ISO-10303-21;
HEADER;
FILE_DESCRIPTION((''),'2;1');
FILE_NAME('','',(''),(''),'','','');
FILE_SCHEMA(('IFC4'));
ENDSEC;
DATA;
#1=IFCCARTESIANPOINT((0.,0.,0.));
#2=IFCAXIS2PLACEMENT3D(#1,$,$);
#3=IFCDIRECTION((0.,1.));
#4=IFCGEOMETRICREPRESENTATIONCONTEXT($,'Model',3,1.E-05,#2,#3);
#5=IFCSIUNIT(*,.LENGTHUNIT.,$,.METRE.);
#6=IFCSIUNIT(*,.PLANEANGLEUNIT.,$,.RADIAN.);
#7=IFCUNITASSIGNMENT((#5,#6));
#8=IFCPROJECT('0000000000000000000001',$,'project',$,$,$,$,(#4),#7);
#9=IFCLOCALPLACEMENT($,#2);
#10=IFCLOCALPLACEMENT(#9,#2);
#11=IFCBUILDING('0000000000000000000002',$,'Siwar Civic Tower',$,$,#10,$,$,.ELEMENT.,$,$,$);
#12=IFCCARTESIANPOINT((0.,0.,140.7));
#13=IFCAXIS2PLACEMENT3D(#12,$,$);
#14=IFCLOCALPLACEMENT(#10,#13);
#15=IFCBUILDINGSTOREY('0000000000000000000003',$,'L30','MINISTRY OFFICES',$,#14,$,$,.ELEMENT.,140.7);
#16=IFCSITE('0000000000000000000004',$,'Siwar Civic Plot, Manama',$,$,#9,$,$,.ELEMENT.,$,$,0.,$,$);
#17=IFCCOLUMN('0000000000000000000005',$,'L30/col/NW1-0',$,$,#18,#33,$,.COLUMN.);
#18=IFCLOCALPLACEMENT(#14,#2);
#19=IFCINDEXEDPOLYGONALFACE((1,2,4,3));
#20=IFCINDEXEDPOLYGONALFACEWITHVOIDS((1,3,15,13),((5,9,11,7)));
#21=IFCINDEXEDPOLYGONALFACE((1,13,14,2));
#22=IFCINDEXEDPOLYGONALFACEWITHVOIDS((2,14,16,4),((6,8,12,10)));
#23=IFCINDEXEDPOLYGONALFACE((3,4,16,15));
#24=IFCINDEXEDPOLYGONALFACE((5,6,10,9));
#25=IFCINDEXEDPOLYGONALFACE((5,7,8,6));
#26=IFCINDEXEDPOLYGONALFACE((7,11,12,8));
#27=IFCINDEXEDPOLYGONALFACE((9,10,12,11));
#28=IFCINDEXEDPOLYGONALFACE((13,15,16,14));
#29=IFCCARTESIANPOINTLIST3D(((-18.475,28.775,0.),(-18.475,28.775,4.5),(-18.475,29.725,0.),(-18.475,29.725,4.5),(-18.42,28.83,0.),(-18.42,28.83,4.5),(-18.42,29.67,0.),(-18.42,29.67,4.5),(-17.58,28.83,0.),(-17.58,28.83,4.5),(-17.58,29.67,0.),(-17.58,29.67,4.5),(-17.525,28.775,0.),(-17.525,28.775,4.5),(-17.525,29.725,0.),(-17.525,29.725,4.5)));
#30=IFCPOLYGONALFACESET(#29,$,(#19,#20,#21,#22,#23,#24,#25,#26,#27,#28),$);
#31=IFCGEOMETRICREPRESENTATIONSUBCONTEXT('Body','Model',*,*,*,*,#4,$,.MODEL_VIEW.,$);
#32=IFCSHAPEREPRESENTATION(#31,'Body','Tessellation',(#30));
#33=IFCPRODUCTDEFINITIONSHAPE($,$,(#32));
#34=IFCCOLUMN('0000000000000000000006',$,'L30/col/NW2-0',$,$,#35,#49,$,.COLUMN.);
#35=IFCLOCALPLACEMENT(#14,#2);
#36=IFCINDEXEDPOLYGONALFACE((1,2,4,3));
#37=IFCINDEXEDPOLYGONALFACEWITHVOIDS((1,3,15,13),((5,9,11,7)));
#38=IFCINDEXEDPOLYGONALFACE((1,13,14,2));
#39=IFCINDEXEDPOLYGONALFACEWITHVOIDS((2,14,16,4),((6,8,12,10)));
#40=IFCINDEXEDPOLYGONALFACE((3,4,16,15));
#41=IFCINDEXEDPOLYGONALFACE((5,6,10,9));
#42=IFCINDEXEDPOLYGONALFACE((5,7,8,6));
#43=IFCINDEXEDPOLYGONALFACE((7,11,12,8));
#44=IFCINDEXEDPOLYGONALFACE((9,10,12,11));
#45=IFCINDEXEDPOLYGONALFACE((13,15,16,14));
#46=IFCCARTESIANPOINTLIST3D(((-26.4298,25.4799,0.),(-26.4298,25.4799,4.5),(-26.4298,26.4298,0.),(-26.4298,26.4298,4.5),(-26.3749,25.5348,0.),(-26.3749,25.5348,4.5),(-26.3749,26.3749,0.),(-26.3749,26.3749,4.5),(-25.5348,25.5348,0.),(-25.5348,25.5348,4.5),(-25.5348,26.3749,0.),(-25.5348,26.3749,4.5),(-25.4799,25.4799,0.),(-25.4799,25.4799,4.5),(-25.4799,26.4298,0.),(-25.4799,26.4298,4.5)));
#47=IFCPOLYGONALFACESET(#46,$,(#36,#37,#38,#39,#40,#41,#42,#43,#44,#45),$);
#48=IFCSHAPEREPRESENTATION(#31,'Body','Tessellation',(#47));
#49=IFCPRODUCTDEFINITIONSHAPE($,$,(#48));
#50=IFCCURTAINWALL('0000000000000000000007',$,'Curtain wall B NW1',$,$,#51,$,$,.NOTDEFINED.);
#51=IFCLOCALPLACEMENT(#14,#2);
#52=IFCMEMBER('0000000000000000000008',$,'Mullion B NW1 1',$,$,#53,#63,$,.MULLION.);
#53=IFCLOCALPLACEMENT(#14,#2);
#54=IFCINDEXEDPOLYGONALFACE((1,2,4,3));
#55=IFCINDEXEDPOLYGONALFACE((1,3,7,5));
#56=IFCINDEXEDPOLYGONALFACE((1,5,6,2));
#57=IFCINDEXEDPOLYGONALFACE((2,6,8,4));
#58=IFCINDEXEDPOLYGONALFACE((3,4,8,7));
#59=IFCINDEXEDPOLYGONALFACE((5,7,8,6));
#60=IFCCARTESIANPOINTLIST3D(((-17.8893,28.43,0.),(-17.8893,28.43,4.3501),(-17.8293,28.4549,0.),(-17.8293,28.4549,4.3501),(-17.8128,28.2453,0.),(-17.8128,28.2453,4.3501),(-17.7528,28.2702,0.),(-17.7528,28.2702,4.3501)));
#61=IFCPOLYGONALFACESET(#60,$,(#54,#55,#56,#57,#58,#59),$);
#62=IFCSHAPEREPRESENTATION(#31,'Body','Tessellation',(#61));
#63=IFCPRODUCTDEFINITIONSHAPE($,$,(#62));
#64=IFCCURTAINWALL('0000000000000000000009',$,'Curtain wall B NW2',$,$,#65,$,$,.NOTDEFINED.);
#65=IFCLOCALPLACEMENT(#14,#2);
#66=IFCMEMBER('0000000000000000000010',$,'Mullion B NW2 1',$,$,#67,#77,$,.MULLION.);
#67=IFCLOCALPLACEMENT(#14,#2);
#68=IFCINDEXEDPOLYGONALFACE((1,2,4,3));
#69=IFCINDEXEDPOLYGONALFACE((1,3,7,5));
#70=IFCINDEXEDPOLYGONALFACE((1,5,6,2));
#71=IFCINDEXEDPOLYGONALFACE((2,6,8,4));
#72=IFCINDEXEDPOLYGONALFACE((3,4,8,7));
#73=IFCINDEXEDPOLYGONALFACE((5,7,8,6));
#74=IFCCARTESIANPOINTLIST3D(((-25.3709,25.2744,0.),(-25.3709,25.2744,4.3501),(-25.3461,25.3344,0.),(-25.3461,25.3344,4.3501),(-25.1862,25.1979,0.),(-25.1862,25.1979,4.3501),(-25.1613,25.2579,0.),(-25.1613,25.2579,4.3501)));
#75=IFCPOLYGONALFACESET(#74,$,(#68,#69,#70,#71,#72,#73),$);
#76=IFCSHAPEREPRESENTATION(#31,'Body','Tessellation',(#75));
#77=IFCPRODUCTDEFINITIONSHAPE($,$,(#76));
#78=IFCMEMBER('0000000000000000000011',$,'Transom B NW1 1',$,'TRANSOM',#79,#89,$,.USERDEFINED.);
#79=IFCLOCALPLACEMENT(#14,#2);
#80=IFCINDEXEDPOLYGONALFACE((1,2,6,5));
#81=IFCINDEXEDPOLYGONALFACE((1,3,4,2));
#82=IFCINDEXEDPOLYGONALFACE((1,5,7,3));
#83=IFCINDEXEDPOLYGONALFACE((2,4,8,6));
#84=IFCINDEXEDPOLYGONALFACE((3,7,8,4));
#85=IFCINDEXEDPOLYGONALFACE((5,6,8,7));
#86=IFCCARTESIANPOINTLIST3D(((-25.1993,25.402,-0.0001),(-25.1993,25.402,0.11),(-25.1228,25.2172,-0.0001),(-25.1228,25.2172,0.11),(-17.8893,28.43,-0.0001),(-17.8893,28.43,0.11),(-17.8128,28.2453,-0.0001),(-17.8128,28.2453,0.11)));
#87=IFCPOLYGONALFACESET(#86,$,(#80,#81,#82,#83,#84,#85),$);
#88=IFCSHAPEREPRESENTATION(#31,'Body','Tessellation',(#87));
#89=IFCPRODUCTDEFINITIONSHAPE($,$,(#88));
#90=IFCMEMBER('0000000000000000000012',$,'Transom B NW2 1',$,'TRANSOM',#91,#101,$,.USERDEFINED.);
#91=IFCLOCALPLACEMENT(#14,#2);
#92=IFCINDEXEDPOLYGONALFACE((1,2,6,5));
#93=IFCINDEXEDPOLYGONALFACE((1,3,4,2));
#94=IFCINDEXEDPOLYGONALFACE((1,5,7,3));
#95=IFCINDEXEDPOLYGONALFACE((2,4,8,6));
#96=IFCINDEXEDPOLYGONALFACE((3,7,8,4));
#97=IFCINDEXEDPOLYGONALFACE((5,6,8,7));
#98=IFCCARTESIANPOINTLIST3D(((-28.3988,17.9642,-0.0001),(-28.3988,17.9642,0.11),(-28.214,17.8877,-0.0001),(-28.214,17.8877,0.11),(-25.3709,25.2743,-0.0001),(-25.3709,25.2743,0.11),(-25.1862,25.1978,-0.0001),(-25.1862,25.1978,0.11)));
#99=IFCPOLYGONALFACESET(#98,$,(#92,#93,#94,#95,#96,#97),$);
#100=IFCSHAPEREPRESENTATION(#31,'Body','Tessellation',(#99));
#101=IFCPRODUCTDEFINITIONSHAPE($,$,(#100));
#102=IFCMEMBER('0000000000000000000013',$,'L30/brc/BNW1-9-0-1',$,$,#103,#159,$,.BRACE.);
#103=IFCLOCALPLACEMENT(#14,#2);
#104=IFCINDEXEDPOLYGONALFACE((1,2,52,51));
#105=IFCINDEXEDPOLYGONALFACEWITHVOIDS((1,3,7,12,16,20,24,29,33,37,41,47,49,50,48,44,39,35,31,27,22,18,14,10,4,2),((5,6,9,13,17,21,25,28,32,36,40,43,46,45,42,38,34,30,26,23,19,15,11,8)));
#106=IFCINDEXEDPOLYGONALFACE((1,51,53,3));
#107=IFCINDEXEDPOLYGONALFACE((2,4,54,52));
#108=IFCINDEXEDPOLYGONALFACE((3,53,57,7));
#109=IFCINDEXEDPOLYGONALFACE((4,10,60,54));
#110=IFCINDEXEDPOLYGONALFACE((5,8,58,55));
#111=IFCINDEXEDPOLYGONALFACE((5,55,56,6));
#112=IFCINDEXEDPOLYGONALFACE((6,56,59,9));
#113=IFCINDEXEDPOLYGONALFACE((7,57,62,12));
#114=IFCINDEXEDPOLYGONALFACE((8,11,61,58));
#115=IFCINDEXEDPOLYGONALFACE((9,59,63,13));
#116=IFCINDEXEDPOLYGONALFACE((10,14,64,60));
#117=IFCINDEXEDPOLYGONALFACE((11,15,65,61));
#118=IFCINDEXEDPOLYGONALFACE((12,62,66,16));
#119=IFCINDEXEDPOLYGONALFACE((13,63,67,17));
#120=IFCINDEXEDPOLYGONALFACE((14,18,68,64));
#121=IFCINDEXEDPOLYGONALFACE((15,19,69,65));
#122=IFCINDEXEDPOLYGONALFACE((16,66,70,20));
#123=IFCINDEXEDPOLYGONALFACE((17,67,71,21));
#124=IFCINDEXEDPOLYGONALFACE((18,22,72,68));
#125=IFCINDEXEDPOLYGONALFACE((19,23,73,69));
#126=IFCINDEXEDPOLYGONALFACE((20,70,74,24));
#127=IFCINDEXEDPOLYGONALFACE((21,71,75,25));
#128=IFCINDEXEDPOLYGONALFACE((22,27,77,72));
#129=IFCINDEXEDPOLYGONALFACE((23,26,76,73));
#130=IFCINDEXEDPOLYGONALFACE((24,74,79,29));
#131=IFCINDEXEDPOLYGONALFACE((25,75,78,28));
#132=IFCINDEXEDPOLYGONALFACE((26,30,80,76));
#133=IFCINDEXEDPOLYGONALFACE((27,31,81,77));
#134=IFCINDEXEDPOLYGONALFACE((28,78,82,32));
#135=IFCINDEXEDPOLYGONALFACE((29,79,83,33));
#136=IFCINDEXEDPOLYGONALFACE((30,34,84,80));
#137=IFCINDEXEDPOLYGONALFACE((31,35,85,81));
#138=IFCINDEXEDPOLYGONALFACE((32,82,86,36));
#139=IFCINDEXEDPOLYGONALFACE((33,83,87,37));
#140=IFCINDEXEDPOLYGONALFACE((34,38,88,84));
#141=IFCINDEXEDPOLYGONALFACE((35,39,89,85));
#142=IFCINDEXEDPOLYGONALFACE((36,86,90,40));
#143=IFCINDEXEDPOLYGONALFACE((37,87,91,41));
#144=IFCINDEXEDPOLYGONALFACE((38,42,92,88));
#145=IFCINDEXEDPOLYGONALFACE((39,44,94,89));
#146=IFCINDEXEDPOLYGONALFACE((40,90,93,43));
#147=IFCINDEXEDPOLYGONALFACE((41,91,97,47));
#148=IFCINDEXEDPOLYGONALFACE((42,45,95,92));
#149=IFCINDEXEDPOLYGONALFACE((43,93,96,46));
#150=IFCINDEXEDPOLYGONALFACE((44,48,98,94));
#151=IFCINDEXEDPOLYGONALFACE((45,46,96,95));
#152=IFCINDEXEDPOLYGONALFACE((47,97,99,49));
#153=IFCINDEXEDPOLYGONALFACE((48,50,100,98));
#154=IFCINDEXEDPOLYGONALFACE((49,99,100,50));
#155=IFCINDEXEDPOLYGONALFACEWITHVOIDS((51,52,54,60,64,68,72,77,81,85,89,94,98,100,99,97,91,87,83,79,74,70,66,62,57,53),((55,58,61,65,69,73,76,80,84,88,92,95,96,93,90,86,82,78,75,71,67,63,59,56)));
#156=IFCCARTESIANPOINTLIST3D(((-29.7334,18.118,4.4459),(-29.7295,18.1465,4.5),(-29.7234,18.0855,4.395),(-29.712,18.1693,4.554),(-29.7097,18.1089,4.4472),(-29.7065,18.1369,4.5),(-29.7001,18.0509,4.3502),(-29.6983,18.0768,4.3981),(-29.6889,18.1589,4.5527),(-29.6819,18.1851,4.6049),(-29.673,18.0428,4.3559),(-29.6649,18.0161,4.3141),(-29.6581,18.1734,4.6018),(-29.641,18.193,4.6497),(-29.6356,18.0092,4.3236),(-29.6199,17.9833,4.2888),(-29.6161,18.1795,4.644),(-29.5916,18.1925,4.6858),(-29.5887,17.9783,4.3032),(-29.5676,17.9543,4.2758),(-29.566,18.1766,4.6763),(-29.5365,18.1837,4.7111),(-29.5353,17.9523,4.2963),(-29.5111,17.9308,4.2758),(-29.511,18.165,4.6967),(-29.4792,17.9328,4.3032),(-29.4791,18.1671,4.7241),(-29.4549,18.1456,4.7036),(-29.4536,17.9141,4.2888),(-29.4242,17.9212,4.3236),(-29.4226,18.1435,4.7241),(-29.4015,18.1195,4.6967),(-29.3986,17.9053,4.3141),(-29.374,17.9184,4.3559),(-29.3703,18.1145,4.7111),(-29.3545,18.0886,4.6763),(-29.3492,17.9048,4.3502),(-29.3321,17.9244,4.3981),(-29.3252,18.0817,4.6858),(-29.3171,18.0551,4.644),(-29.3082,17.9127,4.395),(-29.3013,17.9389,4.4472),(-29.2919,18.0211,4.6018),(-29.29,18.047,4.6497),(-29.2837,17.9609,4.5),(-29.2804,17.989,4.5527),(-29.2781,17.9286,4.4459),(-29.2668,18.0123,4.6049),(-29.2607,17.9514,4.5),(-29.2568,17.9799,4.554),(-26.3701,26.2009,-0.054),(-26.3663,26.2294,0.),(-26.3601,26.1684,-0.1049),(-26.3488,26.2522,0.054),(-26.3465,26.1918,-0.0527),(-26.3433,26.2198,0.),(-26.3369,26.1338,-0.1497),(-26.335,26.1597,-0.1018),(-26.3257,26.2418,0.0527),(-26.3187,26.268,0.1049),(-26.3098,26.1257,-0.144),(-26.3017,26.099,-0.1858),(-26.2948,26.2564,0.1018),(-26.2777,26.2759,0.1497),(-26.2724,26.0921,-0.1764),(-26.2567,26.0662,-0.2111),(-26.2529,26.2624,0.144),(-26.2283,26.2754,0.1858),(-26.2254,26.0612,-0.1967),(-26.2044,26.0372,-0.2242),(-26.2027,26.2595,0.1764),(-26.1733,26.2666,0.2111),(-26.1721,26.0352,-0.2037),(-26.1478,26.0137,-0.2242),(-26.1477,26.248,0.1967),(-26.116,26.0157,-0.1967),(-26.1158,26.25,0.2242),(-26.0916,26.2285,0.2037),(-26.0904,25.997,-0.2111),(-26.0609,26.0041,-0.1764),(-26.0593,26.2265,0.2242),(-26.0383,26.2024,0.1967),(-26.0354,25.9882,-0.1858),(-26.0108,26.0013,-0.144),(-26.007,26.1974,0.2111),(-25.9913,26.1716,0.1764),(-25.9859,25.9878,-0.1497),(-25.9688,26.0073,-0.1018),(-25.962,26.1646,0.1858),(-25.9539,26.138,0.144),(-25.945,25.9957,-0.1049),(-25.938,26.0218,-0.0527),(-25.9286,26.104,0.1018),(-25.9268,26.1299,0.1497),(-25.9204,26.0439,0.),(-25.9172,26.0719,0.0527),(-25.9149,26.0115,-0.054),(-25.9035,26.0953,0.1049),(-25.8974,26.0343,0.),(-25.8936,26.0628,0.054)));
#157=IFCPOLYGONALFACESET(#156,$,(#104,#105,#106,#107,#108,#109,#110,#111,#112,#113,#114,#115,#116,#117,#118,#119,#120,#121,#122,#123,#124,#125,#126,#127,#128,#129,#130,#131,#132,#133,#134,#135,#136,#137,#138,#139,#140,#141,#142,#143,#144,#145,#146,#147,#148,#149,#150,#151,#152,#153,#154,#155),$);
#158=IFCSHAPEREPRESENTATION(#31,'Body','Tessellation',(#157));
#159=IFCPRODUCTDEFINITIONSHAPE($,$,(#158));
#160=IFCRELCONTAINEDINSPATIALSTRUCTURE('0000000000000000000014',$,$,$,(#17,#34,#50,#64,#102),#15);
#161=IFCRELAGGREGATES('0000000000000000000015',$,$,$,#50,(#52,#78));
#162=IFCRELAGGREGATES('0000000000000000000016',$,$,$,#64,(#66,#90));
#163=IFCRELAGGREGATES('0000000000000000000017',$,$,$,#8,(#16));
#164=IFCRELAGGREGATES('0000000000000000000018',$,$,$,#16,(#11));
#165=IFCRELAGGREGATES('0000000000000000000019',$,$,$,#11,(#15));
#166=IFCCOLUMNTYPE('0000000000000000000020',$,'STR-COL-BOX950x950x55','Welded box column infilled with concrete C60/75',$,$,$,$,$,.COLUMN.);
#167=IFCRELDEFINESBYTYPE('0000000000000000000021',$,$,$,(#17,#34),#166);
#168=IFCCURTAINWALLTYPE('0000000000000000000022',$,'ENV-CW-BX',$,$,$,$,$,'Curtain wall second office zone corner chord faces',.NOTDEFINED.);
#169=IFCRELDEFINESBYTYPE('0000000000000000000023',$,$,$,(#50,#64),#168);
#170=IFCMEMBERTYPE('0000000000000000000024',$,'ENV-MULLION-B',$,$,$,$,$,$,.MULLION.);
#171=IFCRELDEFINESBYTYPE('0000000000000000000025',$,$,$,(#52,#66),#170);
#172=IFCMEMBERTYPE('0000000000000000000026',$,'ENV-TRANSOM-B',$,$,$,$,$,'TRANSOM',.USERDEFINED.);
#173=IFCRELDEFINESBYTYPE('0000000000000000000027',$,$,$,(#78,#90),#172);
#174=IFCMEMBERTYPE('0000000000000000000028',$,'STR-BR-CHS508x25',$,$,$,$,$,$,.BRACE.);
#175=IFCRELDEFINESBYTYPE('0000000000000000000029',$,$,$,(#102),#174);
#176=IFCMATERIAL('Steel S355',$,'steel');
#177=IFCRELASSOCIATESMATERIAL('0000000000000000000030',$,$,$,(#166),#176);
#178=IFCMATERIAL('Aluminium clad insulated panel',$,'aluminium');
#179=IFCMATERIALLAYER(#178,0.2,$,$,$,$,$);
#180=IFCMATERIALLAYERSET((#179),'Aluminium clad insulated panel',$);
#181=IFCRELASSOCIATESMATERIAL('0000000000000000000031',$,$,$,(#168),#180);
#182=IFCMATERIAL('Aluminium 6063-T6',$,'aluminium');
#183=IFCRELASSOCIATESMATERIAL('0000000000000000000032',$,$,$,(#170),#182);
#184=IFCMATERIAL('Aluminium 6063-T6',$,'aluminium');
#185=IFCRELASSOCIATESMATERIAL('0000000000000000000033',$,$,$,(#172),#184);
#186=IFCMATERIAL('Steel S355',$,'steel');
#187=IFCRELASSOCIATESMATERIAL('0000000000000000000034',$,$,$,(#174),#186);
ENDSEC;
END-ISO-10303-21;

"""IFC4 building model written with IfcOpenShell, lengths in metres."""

from ifc_helpers import new_model, si_unit, direction, frame, origin, origin_2d, place, context, subcontext, project, spatial, rectangle, hollow_rectangle, hollow_circle, extrude, material, layer, layer_set, material_profile, profile_set, type_object, element, aggregate, save


model = new_model("IFC4")

# Units and contexts
model_context = context("Model", 3, precision=1e-05, world=origin(), true_north=direction((0.0, 1.0)))
body_context = subcontext(model_context, "Body", "Model", "MODEL_VIEW")
ifc_project = project(units=[si_unit("LENGTHUNIT", "METRE"), si_unit("PLANEANGLEUNIT", "RADIAN")], contexts=[model_context])

# Site, building, storey
site_placement = place(None, origin())
site = spatial("IfcSite", under=ifc_project, at=site_placement, Name="Siwar Civic Plot, Manama", CompositionType="ELEMENT", RefElevation=0.0)
building_placement = place(site_placement, origin())
building = spatial("IfcBuilding", under=site, at=building_placement, Name="Siwar Civic Tower", CompositionType="ELEMENT")
storey_placement = place(building_placement, frame((0.0, 0.0, 140.7)))
storey = spatial("IfcBuildingStorey", under=building, at=storey_placement, Name="L30", Description="MINISTRY OFFICES", CompositionType="ELEMENT", Elevation=140.7)

# Columns
ifc_material_1 = material(Name="Steel S355", Category="steel")
ifc_material_profile_1 = material_profile(ifc_material_1, hollow_rectangle(XDim=0.95, YDim=0.95, WallThickness=0.0549, at=origin_2d()), Name="BOX950x950x55")
ifc_profile_set_1 = profile_set([ifc_material_profile_1], Name="Steel S355")
column_type = type_object("IfcColumnType", Name="STR-COL-BOX950x950x55", Description="Welded box column infilled with concrete C60/75", PredefinedType="COLUMN", material=ifc_profile_set_1)
for number, where, z_axis, x_axis, name in (
    (1, (-18.0, 29.25, 0.0), (0.0, 0.0, 1.0), (1.0, 0.0, 0.0), "L30/col/NW1-0"),
    (2, (-25.9548, 25.9548, 0.0), (0.0, 0.0, 1.0), (1.0, 0.0, 0.0), "L30/col/NW2-0"),
):
    element("IfcColumn", number, at=place(storey_placement, frame(where, z_axis=z_axis, x_axis=x_axis)), inside=storey, type_object=column_type, Name=name, PredefinedType="COLUMN", context=body_context, shape_type="SweptSolid", body=[
        extrude(hollow_rectangle(XDim=0.95, YDim=0.95, WallThickness=0.0549, at=origin_2d()), origin(), (0.0, 0.0, 1.0), 4.5),
    ])

# Curtain walls, members
ifc_material_2 = material(Name="Aluminium clad insulated panel", Category="aluminium")
ifc_layer_1 = layer(ifc_material_2, 0.2)
ifc_layer_set_1 = layer_set([ifc_layer_1], Name="Aluminium clad insulated panel")
curtain_wall_type = type_object("IfcCurtainWallType", Name="ENV-CW-BX", ElementType="Curtain wall second office zone corner chord faces", PredefinedType="NOTDEFINED", material=ifc_layer_set_1)
curtain_wall_1_placement = place(storey_placement, origin())
curtain_wall_1 = element("IfcCurtainWall", 3, at=curtain_wall_1_placement, inside=storey, type_object=curtain_wall_type, Name="Curtain wall B NW1", PredefinedType="NOTDEFINED")
ifc_material_3 = material(Name="Aluminium 6063-T6", Category="aluminium")
ifc_material_profile_2 = material_profile(ifc_material_3, rectangle(XDim=0.2, YDim=0.0649, at=origin_2d()), Name="AL 200x65")
ifc_profile_set_2 = profile_set([ifc_material_profile_2], Name="Aluminium 6063-T6")
member_type_1 = type_object("IfcMemberType", Name="ENV-MULLION-B", PredefinedType="MULLION", material=ifc_profile_set_2)
member_1_placement = place(storey_placement, frame((-17.821, 28.3501, 0.0), z_axis=(0.0, 0.0, 1.0), x_axis=(0.382683, -0.92388, 0.0)))
member_1 = element("IfcMember", 4, at=member_1_placement, type_object=member_type_1, Name="Mullion B NW1 1", PredefinedType="MULLION", context=body_context, shape_type="SweptSolid", body=[
    extrude(rectangle(XDim=0.2, YDim=0.0649, at=origin_2d()), origin(), (0.0, 0.0, 1.0), 4.3501),
])
curtain_wall_2_placement = place(storey_placement, origin())
curtain_wall_2 = element("IfcCurtainWall", 5, at=curtain_wall_2_placement, inside=storey, type_object=curtain_wall_type, Name="Curtain wall B NW2", PredefinedType="NOTDEFINED")
member_2_placement = place(storey_placement, frame((-25.2661, 25.2661, 0.0), z_axis=(0.0, 0.0, 1.0), x_axis=(0.92388, -0.382683, 0.0)))
member_2 = element("IfcMember", 6, at=member_2_placement, type_object=member_type_1, Name="Mullion B NW2 1", PredefinedType="MULLION", context=body_context, shape_type="SweptSolid", body=[
    extrude(rectangle(XDim=0.2, YDim=0.0649, at=origin_2d()), origin(), (0.0, 0.0, 1.0), 4.3501),
])

# Members
ifc_material_4 = material(Name="Aluminium 6063-T6", Category="aluminium")
ifc_material_profile_3 = material_profile(ifc_material_4, rectangle(XDim=0.2, YDim=0.1101, at=origin_2d()), Name="AL 200x110")
ifc_profile_set_3 = profile_set([ifc_material_profile_3], Name="Aluminium 6063-T6")
member_type_2 = type_object("IfcMemberType", Name="ENV-TRANSOM-B", ElementType="TRANSOM", PredefinedType="USERDEFINED", material=ifc_profile_set_3)
member_3_placement = place(storey_placement, frame((-17.8511, 28.3376, 0.0549), z_axis=(-0.923873, -0.3827, 0.0), x_axis=(0.3827, -0.923873, 0.0)))
member_3 = element("IfcMember", 7, at=member_3_placement, type_object=member_type_2, Name="Transom B NW1 1", ObjectType="TRANSOM", PredefinedType="USERDEFINED", context=body_context, shape_type="SweptSolid", body=[
    extrude(rectangle(XDim=0.2, YDim=0.1101, at=origin_2d()), origin(), (0.0, 0.0, 1.0), 7.9124),
])
member_4_placement = place(storey_placement, frame((-25.2786, 25.2361, 0.0549), z_axis=(-0.382673, -0.923884, 0.0), x_axis=(0.923884, -0.382673, 0.0)))
member_4 = element("IfcMember", 8, at=member_4_placement, type_object=member_type_2, Name="Transom B NW2 1", ObjectType="TRANSOM", PredefinedType="USERDEFINED", context=body_context, shape_type="SweptSolid", body=[
    extrude(rectangle(XDim=0.2, YDim=0.1101, at=origin_2d()), origin(), (0.0, 0.0, 1.0), 7.9124),
])

# Member
ifc_material_5 = material(Name="Steel S355", Category="steel")
ifc_material_profile_4 = material_profile(ifc_material_5, hollow_circle(Radius=0.2539, WallThickness=0.0249, at=origin_2d()), Name="CHS508x25")
ifc_profile_set_4 = profile_set([ifc_material_profile_4], Name="Steel S355")
member_type_3 = type_object("IfcMemberType", Name="STR-BR-CHS508x25", PredefinedType="BRACE", material=ifc_profile_set_4)
member_5_placement = place(storey_placement, frame((-26.1318, 26.1318, 0.0), z_axis=(-0.341671, -0.821143, 0.457149), x_axis=(0.923265, -0.384164, 0.0)))
element("IfcMember", 9, at=member_5_placement, inside=storey, type_object=member_type_3, Name="L30/brc/BNW1-9-0-1", PredefinedType="BRACE", context=body_context, shape_type="SweptSolid", body=[
    extrude(hollow_circle(Radius=0.2539, WallThickness=0.0249, at=origin_2d()), origin(), (0.0, 0.0, 1.0), 9.8435),
])

aggregate(curtain_wall_1, [member_1, member_3])
aggregate(curtain_wall_2, [member_2, member_4])

save(model, "model.ifc")
